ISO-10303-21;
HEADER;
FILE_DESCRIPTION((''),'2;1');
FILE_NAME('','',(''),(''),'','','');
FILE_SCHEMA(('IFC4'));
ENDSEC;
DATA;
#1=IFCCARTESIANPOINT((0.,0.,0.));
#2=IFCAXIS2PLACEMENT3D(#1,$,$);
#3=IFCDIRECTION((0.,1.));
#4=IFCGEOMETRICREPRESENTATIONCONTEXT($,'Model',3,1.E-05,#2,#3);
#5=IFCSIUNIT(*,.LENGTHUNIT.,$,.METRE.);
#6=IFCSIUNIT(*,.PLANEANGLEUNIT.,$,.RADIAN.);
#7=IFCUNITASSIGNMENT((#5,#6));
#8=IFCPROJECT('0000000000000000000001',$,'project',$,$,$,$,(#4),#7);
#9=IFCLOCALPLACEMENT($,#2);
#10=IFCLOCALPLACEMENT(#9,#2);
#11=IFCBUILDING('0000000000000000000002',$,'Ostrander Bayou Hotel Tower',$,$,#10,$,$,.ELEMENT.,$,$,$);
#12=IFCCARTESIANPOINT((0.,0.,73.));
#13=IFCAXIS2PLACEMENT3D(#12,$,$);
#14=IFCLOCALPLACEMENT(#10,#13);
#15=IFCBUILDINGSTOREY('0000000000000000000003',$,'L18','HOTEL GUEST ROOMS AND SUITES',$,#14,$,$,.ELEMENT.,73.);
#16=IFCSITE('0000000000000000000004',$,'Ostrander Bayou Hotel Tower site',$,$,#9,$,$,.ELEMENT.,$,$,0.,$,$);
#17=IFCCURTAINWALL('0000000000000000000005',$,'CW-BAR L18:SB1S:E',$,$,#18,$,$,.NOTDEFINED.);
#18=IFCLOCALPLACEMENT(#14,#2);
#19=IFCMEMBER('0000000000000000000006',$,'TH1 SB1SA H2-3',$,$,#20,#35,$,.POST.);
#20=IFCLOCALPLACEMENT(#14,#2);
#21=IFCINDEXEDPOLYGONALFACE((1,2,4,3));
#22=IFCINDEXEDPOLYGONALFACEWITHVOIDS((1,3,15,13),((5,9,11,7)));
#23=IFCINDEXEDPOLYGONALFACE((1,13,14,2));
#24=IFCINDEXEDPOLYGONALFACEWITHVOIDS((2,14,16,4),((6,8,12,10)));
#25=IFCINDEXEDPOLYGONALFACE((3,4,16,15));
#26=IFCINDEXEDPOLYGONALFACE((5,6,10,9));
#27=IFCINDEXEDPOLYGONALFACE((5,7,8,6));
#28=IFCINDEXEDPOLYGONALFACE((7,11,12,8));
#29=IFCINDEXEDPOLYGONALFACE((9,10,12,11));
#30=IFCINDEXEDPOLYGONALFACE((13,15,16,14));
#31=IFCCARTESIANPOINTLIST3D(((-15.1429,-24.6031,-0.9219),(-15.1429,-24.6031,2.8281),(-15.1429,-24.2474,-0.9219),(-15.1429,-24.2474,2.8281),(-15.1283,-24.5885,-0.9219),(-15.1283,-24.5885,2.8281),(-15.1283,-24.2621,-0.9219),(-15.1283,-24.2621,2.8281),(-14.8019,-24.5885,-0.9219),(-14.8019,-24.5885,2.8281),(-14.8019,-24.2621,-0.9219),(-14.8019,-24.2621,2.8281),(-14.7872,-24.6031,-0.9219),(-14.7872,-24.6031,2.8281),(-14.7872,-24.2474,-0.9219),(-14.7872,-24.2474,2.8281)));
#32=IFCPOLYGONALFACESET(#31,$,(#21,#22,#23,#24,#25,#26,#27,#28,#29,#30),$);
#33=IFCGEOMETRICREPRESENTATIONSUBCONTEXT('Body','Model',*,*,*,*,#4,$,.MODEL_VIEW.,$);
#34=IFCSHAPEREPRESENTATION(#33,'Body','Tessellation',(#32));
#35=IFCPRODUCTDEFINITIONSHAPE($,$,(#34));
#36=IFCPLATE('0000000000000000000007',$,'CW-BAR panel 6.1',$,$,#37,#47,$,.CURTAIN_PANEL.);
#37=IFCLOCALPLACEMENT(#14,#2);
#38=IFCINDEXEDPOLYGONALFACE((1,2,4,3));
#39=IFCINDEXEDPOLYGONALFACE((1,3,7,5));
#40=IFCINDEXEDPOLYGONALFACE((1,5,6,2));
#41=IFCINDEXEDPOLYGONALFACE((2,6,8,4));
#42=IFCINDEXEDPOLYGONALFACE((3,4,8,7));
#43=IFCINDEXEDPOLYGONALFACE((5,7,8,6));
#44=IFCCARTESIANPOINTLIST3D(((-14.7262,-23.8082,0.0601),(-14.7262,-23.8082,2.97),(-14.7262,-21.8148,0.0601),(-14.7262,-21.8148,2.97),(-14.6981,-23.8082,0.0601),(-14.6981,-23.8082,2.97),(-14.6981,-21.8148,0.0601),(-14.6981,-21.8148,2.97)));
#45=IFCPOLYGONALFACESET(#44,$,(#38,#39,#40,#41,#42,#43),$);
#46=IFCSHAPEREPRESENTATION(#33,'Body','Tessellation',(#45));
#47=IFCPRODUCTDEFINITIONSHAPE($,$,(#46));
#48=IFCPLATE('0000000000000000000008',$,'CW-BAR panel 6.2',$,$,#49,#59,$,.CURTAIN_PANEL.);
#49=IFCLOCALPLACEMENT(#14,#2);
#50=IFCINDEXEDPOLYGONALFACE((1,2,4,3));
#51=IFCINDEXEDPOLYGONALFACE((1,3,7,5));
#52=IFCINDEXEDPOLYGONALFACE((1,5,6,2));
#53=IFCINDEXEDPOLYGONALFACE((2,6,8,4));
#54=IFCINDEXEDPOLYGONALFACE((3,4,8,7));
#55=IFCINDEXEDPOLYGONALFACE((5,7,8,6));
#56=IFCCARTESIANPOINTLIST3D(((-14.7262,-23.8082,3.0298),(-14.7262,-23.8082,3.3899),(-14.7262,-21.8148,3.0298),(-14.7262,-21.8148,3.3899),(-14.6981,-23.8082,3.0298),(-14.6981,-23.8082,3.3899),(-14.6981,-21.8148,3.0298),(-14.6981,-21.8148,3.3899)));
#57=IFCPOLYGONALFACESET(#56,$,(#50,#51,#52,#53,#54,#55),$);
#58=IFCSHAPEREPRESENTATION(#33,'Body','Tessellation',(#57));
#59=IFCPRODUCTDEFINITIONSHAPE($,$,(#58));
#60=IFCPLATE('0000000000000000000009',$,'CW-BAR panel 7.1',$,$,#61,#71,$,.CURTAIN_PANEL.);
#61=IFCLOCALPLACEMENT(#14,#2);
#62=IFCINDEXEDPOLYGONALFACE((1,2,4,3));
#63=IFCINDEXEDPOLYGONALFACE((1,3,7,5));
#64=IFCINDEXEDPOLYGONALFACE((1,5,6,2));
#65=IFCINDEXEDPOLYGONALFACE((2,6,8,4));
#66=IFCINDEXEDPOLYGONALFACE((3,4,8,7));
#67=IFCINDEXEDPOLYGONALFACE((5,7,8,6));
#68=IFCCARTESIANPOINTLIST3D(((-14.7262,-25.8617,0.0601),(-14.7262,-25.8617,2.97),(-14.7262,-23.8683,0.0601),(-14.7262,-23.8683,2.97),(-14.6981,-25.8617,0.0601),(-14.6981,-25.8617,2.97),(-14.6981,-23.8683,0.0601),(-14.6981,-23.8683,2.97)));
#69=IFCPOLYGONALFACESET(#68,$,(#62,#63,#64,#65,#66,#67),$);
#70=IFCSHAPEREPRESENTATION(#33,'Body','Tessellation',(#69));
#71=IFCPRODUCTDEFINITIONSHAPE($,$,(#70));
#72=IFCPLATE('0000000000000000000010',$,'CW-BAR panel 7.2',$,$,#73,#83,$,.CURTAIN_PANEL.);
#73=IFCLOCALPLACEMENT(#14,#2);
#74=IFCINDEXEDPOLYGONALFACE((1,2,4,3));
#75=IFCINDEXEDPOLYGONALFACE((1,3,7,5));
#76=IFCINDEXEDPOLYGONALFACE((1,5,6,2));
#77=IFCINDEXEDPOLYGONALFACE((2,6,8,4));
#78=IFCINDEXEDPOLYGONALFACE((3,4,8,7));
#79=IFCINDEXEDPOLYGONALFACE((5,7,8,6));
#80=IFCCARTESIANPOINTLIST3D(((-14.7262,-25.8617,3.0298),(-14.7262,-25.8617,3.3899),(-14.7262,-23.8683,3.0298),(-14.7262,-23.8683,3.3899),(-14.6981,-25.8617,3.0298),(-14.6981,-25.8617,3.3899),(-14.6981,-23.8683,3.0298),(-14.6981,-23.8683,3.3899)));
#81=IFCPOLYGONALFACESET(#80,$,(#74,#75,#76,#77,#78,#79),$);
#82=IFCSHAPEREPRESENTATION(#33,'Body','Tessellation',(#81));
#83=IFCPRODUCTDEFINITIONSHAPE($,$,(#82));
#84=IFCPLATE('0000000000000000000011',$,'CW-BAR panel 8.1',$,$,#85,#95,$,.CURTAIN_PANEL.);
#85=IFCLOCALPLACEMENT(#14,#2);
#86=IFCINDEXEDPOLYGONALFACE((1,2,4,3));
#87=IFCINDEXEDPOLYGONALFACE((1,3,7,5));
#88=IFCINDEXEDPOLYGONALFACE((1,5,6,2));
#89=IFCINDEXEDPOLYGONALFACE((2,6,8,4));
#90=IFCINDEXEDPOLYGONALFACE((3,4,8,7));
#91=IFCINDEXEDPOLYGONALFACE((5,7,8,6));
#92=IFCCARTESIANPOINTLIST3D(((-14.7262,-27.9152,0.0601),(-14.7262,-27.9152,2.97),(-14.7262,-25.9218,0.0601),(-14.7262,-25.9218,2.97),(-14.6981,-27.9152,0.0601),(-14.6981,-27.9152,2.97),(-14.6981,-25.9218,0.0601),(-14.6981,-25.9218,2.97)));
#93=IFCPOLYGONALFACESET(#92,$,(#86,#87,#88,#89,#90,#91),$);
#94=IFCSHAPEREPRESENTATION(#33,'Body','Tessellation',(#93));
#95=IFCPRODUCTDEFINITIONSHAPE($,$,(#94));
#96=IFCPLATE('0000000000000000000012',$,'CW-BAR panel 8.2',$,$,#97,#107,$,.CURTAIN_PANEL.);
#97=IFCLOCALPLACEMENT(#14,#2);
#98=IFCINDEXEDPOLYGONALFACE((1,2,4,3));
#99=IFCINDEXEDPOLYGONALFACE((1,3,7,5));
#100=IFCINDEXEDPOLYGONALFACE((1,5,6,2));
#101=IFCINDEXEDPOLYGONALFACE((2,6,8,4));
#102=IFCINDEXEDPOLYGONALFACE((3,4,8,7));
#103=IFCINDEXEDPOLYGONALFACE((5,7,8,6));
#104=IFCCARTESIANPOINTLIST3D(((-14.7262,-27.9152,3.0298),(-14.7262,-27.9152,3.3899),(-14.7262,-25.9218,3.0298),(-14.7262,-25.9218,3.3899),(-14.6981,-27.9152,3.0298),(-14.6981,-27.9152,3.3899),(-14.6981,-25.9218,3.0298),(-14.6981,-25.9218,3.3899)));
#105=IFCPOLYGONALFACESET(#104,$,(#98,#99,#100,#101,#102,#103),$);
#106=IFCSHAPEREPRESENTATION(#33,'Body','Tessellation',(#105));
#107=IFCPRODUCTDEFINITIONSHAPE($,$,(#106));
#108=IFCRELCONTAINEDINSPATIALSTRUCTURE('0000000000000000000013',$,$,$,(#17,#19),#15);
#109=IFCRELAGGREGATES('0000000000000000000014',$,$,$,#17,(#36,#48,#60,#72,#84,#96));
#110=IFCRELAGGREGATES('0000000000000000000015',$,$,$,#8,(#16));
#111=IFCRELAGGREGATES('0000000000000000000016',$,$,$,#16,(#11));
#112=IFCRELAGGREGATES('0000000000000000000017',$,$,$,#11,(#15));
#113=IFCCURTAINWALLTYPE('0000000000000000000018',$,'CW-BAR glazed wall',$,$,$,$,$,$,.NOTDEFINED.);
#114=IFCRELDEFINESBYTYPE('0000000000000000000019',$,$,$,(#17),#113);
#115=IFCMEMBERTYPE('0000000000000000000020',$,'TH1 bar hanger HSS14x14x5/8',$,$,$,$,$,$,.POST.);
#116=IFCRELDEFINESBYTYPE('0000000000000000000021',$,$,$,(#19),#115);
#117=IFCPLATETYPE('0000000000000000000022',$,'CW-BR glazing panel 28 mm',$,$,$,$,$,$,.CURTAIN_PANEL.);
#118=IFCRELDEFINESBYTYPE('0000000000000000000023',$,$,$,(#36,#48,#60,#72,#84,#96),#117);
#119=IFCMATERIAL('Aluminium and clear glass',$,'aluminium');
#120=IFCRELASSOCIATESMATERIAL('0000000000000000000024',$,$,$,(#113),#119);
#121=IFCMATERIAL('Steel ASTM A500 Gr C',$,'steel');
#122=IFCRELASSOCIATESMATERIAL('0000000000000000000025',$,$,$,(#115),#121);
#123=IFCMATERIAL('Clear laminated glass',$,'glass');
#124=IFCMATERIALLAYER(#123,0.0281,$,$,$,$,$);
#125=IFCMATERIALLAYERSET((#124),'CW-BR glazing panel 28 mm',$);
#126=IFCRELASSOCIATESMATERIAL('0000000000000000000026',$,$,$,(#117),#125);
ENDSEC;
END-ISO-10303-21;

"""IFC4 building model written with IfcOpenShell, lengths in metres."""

from ifc_helpers import new_model, si_unit, direction, frame, origin, origin_2d, place, context, subcontext, project, spatial, rectangle, hollow_rectangle, extrude, material, layer, layer_set, material_profile, profile_set, type_object, element, aggregate, save


model = new_model("IFC4")

# Units and contexts
model_context = context("Model", 3, precision=1e-05, world=origin(), true_north=direction((0.0, 1.0)))
body_context = subcontext(model_context, "Body", "Model", "MODEL_VIEW")
ifc_project = project(units=[si_unit("LENGTHUNIT", "METRE"), si_unit("PLANEANGLEUNIT", "RADIAN")], contexts=[model_context])

# Site, building, storey
site_placement = place(None, origin())
site = spatial("IfcSite", under=ifc_project, at=site_placement, Name="Ostrander Bayou Hotel Tower site", CompositionType="ELEMENT", RefElevation=0.0)
building_placement = place(site_placement, origin())
building = spatial("IfcBuilding", under=site, at=building_placement, Name="Ostrander Bayou Hotel Tower", CompositionType="ELEMENT")
storey_placement = place(building_placement, frame((0.0, 0.0, 73.0)))
storey = spatial("IfcBuildingStorey", under=building, at=storey_placement, Name="L18", Description="HOTEL GUEST ROOMS AND SUITES", CompositionType="ELEMENT", Elevation=73.0)

# Curtain wall
ifc_material_1 = material(Name="Aluminium and clear glass", Category="aluminium")
curtain_wall_type = type_object("IfcCurtainWallType", Name="CW-BAR glazed wall", PredefinedType="NOTDEFINED", material=ifc_material_1)
curtain_wall_placement = place(storey_placement, origin())
curtain_wall = element("IfcCurtainWall", 1, at=curtain_wall_placement, inside=storey, type_object=curtain_wall_type, Name="CW-BAR L18:SB1S:E", PredefinedType="NOTDEFINED")

# Member
ifc_material_2 = material(Name="Steel ASTM A500 Gr C", Category="steel")
ifc_material_profile_1 = material_profile(ifc_material_2, hollow_rectangle(XDim=0.3557, YDim=0.3557, WallThickness=0.0146, at=origin_2d()))
ifc_profile_set_1 = profile_set([ifc_material_profile_1], Name="Steel ASTM A500 Gr C")
member_type_1 = type_object("IfcMemberType", Name="TH1 bar hanger HSS14x14x5/8", PredefinedType="POST", material=ifc_profile_set_1)
member_1_placement = place(storey_placement, frame((-14.9651, -24.4253, -0.9219), z_axis=(0.0, 0.0, 1.0), x_axis=(1.0, 0.0, 0.0)))
element("IfcMember", 2, at=member_1_placement, inside=storey, type_object=member_type_1, Name="TH1 SB1SA H2-3", PredefinedType="POST", context=body_context, shape_type="SweptSolid", body=[
    extrude(hollow_rectangle(XDim=0.3557, YDim=0.3557, WallThickness=0.0146, at=origin_2d()), origin(), (0.0, 0.0, 1.0), 3.75),
])

# Plates
ifc_material_3 = material(Name="Clear laminated glass", Category="glass")
ifc_layer_1 = layer(ifc_material_3, 0.0281)
ifc_layer_set_1 = layer_set([ifc_layer_1], Name="CW-BR glazing panel 28 mm")
plate_type = type_object("IfcPlateType", Name="CW-BR glazing panel 28 mm", PredefinedType="CURTAIN_PANEL", material=ifc_layer_set_1)
plate_1_placement = place(storey_placement, frame((-14.7122, -22.8115, 0.0601), z_axis=(0.0, 0.0, 1.0), x_axis=(0.0, -1.0, 0.0)))
plate_1 = element("IfcPlate", 3, at=plate_1_placement, type_object=plate_type, Name="CW-BAR panel 6.1", PredefinedType="CURTAIN_PANEL", context=body_context, shape_type="SweptSolid", body=[
    extrude(rectangle(XDim=1.9934, YDim=0.0281, at=origin_2d()), origin(), (0.0, 0.0, 1.0), 2.9099),
])
plate_2_placement = place(storey_placement, frame((-14.7122, -22.8115, 3.0298), z_axis=(0.0, 0.0, 1.0), x_axis=(0.0, -1.0, 0.0)))
plate_2 = element("IfcPlate", 4, at=plate_2_placement, type_object=plate_type, Name="CW-BAR panel 6.2", PredefinedType="CURTAIN_PANEL", context=body_context, shape_type="SweptSolid", body=[
    extrude(rectangle(XDim=1.9934, YDim=0.0281, at=origin_2d()), origin(), (0.0, 0.0, 1.0), 0.3601),
])
plate_3_placement = place(storey_placement, frame((-14.7122, -24.865, 0.0601), z_axis=(0.0, 0.0, 1.0), x_axis=(0.0, -1.0, 0.0)))
plate_3 = element("IfcPlate", 5, at=plate_3_placement, type_object=plate_type, Name="CW-BAR panel 7.1", PredefinedType="CURTAIN_PANEL", context=body_context, shape_type="SweptSolid", body=[
    extrude(rectangle(XDim=1.9934, YDim=0.0281, at=origin_2d()), origin(), (0.0, 0.0, 1.0), 2.9099),
])
plate_4_placement = place(storey_placement, frame((-14.7122, -24.865, 3.0298), z_axis=(0.0, 0.0, 1.0), x_axis=(0.0, -1.0, 0.0)))
plate_4 = element("IfcPlate", 6, at=plate_4_placement, type_object=plate_type, Name="CW-BAR panel 7.2", PredefinedType="CURTAIN_PANEL", context=body_context, shape_type="SweptSolid", body=[
    extrude(rectangle(XDim=1.9934, YDim=0.0281, at=origin_2d()), origin(), (0.0, 0.0, 1.0), 0.3601),
])
plate_5_placement = place(storey_placement, frame((-14.7122, -26.9185, 0.0601), z_axis=(0.0, 0.0, 1.0), x_axis=(0.0, -1.0, 0.0)))
plate_5 = element("IfcPlate", 7, at=plate_5_placement, type_object=plate_type, Name="CW-BAR panel 8.1", PredefinedType="CURTAIN_PANEL", context=body_context, shape_type="SweptSolid", body=[
    extrude(rectangle(XDim=1.9934, YDim=0.0281, at=origin_2d()), origin(), (0.0, 0.0, 1.0), 2.9099),
])
plate_6_placement = place(storey_placement, frame((-14.7122, -26.9185, 3.0298), z_axis=(0.0, 0.0, 1.0), x_axis=(0.0, -1.0, 0.0)))
plate_6 = element("IfcPlate", 8, at=plate_6_placement, type_object=plate_type, Name="CW-BAR panel 8.2", PredefinedType="CURTAIN_PANEL", context=body_context, shape_type="SweptSolid", body=[
    extrude(rectangle(XDim=1.9934, YDim=0.0281, at=origin_2d()), origin(), (0.0, 0.0, 1.0), 0.3601),
])
aggregate(curtain_wall, [plate_1, plate_2, plate_3, plate_4, plate_5, plate_6])

save(model, "model.ifc")
